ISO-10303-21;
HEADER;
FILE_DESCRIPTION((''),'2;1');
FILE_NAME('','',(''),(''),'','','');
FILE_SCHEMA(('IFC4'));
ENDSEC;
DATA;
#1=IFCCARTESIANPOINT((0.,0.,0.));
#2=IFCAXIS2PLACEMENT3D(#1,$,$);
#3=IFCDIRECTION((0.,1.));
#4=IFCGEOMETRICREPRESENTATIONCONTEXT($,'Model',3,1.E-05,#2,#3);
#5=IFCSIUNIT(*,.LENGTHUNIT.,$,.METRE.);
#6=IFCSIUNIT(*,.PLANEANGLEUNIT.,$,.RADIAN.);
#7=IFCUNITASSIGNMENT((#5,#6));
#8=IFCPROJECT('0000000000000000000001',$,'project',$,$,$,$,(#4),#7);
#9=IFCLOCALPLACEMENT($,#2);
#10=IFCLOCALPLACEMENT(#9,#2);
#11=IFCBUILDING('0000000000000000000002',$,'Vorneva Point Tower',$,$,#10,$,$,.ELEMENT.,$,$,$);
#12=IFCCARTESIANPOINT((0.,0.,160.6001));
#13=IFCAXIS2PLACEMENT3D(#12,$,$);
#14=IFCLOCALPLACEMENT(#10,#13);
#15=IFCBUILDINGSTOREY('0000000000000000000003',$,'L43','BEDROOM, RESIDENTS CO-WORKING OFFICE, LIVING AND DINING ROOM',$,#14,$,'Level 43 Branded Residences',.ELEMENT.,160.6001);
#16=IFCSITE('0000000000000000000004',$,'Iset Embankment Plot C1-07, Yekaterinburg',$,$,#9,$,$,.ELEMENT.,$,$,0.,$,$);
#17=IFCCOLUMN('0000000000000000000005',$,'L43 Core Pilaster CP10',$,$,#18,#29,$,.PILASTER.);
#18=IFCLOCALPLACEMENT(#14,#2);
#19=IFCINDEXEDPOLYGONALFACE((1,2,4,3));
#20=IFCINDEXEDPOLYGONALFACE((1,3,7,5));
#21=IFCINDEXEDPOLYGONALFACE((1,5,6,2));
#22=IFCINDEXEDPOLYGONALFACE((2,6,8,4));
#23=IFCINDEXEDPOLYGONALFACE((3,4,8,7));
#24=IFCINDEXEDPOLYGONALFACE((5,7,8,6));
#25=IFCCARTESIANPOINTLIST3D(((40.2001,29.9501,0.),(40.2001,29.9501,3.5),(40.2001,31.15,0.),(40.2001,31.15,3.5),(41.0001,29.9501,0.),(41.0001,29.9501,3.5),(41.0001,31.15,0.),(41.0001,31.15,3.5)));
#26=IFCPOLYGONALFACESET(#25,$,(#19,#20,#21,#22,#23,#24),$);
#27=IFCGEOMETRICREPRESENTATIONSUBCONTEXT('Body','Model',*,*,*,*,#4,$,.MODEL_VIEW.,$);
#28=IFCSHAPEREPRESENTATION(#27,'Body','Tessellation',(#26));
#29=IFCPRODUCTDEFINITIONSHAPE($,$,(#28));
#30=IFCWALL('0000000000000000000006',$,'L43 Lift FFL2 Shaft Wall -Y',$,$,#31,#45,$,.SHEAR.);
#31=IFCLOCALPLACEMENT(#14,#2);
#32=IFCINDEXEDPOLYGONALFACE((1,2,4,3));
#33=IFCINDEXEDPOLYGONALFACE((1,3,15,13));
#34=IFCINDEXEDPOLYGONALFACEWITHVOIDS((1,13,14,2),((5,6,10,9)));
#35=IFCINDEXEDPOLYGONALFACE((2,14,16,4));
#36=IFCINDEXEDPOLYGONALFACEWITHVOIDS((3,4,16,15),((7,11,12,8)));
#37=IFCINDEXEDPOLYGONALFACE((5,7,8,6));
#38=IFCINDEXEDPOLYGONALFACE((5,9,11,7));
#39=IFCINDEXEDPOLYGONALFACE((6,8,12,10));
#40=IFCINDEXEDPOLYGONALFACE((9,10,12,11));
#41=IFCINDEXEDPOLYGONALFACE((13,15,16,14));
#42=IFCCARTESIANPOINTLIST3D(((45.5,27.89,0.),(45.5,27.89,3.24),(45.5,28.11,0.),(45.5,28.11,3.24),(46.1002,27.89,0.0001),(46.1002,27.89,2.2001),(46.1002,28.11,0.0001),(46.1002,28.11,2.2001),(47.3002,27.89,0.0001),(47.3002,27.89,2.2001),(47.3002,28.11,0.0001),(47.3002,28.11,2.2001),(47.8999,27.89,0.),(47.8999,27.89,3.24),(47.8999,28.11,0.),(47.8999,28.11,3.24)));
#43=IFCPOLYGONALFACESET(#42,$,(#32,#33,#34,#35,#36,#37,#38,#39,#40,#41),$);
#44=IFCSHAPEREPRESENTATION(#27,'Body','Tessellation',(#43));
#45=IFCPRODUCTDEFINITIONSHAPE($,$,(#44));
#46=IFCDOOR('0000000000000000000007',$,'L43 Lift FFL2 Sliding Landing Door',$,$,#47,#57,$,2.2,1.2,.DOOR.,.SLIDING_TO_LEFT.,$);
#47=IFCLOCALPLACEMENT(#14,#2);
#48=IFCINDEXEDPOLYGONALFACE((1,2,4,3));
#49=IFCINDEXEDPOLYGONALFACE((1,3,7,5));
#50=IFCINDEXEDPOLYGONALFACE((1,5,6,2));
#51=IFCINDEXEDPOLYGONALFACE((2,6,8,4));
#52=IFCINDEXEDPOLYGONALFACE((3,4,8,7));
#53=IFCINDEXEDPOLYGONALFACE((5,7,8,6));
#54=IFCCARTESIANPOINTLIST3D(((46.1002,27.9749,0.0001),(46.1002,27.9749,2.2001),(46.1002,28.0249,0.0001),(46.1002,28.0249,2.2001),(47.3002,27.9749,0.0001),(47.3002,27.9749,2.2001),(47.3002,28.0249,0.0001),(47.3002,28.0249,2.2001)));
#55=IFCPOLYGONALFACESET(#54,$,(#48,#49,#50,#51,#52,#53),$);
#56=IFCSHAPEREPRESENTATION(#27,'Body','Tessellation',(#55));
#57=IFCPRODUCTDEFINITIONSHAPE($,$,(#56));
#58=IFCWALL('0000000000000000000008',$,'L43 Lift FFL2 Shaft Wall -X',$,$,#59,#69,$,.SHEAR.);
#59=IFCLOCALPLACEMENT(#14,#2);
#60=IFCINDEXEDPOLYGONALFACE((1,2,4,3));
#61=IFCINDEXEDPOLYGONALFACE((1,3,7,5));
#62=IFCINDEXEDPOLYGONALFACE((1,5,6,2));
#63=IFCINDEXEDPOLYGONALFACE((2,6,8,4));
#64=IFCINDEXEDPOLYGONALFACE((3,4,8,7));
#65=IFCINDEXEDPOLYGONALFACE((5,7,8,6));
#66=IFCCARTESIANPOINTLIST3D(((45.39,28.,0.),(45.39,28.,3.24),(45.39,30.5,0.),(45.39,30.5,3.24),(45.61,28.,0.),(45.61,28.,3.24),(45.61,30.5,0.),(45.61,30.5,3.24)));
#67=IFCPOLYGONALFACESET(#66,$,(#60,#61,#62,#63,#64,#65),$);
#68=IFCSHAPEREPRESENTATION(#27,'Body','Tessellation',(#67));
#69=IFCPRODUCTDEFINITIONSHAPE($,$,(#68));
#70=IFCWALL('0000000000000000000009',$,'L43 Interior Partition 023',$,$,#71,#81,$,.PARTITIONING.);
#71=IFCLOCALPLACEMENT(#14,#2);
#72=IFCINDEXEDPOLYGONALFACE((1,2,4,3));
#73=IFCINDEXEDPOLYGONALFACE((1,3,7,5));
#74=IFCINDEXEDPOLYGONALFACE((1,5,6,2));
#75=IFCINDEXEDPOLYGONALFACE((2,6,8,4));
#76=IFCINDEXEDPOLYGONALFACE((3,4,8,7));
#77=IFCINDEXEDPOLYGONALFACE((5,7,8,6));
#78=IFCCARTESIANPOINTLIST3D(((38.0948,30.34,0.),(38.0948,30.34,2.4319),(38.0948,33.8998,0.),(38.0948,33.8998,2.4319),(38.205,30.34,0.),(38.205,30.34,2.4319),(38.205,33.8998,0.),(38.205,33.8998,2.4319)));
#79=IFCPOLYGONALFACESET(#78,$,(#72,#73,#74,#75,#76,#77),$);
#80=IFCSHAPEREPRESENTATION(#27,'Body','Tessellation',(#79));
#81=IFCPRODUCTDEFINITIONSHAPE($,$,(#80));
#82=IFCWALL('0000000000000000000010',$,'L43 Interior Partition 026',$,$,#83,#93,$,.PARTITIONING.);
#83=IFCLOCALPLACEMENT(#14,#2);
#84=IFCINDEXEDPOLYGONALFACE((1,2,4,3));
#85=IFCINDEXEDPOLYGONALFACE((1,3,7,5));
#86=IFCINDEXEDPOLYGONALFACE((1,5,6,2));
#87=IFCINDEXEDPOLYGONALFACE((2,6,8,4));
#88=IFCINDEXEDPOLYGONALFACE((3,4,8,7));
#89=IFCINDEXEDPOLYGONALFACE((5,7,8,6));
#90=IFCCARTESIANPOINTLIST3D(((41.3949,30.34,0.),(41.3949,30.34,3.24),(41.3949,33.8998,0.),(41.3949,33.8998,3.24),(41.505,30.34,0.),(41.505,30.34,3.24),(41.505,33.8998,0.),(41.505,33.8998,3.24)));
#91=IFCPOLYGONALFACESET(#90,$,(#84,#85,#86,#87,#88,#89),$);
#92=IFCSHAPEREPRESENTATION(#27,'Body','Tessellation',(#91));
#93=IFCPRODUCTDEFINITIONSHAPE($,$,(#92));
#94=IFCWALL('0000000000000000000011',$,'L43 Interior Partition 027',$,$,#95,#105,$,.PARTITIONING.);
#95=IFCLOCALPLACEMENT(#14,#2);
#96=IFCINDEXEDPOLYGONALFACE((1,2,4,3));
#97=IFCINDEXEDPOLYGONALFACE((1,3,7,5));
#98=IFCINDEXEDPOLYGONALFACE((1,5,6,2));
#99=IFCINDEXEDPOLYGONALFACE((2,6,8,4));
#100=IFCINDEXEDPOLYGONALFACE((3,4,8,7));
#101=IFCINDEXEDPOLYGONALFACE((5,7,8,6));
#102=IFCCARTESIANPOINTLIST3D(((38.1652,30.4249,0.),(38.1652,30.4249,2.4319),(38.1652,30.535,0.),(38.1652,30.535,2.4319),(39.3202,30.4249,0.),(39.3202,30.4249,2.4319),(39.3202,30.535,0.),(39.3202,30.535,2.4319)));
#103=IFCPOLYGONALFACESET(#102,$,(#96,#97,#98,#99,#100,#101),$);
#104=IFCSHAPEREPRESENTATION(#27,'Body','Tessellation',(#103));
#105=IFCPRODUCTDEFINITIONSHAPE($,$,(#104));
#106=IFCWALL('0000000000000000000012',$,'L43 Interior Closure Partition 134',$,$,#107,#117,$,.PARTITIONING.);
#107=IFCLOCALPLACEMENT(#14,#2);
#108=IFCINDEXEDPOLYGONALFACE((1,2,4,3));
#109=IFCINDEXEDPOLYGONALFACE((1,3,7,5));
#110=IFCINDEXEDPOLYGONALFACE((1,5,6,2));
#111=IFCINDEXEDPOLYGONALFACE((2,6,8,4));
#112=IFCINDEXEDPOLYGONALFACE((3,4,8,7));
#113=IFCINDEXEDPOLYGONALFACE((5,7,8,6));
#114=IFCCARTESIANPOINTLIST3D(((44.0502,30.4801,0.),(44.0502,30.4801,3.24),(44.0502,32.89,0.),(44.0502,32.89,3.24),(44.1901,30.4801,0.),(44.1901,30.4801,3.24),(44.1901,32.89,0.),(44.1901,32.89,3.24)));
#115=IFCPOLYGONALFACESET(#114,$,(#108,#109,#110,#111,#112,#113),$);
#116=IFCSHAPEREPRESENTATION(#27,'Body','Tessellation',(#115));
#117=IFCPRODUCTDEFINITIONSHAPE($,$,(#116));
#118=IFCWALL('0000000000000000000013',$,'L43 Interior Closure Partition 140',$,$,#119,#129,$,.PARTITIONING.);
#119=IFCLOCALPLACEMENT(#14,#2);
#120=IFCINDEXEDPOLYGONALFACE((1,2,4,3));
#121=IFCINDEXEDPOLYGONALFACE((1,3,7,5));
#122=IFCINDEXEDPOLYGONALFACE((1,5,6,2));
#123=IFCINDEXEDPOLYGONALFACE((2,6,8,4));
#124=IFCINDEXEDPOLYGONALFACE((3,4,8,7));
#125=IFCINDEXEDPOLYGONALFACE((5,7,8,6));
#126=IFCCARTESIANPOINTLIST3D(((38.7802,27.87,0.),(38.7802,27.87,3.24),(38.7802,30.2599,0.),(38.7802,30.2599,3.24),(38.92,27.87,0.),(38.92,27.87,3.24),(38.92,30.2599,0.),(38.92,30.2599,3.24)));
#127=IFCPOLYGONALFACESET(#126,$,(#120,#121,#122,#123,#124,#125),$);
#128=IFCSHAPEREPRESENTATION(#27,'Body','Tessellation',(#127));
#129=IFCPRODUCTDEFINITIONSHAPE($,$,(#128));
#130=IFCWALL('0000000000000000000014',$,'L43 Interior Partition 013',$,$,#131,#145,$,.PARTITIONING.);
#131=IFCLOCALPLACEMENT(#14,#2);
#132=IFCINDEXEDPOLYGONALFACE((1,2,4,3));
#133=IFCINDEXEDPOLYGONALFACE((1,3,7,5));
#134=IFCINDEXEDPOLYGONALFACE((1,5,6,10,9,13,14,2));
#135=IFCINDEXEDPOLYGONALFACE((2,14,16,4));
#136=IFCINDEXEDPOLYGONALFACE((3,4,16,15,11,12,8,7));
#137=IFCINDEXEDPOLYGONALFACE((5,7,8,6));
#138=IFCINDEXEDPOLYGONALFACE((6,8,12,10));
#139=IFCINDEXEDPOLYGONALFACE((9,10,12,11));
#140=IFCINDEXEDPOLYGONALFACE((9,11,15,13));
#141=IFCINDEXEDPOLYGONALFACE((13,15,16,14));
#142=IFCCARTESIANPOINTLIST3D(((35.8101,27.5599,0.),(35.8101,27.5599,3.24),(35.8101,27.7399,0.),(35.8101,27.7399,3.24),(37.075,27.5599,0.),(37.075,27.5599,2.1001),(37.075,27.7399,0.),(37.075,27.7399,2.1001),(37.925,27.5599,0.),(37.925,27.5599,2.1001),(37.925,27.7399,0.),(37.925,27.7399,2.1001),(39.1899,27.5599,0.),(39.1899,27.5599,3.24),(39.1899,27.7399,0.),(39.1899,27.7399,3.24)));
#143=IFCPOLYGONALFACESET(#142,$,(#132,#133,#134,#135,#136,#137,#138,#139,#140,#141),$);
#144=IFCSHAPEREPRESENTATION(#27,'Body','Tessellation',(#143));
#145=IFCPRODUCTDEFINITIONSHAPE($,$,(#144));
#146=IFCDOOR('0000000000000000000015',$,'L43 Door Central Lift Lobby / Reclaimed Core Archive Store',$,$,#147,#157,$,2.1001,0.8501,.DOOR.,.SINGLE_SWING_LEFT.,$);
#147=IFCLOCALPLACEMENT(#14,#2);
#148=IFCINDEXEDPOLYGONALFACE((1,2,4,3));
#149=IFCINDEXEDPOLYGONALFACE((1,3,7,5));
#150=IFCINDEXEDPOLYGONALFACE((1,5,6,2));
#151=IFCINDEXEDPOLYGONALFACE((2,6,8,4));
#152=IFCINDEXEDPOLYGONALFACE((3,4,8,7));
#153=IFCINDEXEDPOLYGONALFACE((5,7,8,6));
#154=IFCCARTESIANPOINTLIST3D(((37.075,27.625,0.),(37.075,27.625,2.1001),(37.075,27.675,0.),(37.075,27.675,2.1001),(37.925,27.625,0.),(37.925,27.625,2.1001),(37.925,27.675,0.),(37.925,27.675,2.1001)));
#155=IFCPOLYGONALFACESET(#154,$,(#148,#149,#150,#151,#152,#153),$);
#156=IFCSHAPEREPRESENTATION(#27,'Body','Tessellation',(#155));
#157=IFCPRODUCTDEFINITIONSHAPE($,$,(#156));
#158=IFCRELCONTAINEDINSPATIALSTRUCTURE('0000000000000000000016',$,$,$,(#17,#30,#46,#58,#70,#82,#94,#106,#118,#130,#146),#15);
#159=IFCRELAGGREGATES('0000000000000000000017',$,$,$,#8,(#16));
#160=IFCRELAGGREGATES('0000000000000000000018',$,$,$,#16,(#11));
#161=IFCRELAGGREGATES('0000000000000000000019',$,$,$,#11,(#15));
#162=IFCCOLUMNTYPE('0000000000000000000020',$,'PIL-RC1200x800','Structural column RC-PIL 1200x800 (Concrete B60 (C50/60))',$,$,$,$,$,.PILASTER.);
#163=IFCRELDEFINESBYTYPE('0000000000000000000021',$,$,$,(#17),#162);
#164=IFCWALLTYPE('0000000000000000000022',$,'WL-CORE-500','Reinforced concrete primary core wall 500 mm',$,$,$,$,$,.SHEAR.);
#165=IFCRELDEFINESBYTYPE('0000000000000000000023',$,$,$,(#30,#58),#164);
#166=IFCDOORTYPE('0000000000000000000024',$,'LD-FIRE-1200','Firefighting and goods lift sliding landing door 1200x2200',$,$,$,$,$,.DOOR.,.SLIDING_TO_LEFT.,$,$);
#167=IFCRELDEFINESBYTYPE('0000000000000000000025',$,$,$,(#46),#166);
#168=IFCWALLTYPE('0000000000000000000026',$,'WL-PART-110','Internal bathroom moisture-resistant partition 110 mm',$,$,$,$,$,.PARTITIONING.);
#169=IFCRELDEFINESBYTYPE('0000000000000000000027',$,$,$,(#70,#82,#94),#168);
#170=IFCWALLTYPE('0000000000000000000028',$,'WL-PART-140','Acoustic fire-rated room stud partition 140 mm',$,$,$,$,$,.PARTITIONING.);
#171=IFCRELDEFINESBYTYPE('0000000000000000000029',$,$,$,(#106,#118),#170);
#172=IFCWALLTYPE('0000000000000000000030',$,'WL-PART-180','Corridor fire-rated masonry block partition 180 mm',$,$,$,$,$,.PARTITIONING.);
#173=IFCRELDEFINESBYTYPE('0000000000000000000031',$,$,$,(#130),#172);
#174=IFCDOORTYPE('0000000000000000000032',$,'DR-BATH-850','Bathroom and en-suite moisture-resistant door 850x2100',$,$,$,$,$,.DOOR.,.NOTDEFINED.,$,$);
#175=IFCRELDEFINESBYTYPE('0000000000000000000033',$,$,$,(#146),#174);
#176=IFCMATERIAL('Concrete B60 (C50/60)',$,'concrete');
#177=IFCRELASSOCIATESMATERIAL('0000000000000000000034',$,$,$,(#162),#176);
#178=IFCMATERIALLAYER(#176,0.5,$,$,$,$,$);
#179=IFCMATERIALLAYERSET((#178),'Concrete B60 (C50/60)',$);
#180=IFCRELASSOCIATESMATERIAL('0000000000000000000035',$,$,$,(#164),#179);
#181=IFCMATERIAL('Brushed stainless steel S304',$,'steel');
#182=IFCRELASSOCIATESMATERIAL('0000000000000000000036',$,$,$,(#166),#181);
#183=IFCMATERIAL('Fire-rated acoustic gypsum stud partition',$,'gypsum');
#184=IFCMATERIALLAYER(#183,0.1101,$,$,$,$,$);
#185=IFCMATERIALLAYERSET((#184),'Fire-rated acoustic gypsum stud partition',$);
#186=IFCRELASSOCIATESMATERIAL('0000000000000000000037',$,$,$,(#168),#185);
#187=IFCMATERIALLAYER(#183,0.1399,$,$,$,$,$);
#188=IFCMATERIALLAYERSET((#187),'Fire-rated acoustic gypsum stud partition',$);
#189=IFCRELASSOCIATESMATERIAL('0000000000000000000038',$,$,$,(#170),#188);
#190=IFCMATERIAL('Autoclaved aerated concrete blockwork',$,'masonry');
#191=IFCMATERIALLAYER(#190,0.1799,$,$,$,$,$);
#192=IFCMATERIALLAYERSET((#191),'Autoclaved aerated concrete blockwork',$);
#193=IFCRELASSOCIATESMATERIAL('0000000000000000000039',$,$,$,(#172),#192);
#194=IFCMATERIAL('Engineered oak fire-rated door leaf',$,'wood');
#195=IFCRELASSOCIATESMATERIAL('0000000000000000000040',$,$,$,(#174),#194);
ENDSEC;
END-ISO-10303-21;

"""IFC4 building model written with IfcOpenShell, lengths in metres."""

from ifc_helpers import new_model, si_unit, direction, frame, frame_2d, origin, origin_2d, place, context, subcontext, project, spatial, rectangle, extrude, material, layer, layer_set, material_profile, profile_set, type_object, element, fill, save


model = new_model("IFC4")

# Units and contexts
model_context = context("Model", 3, precision=1e-05, world=origin(), true_north=direction((0.0, 1.0)))
body_context = subcontext(model_context, "Body", "Model", "MODEL_VIEW")
ifc_project = project(units=[si_unit("LENGTHUNIT", "METRE"), si_unit("PLANEANGLEUNIT", "RADIAN")], contexts=[model_context])

# Site, building, storey
site_placement = place(None, origin())
site = spatial("IfcSite", under=ifc_project, at=site_placement, Name="Iset Embankment Plot C1-07, Yekaterinburg", CompositionType="ELEMENT", RefElevation=0.0)
building_placement = place(site_placement, origin())
building = spatial("IfcBuilding", under=site, at=building_placement, Name="Vorneva Point Tower", CompositionType="ELEMENT")
storey_placement = place(building_placement, frame((0.0, 0.0, 160.6001)))
storey = spatial("IfcBuildingStorey", under=building, at=storey_placement, Name="L43", Description="BEDROOM, RESIDENTS CO-WORKING OFFICE, LIVING AND DINING ROOM", LongName="Level 43 Branded Residences", CompositionType="ELEMENT", Elevation=160.6001)

# Column
ifc_material_1 = material(Name="Concrete B60 (C50/60)", Category="concrete")
ifc_material_profile = material_profile(ifc_material_1, rectangle(XDim=0.8, YDim=1.2, at=origin_2d()), Name="RC-PIL 1200x800")
ifc_profile_set = profile_set([ifc_material_profile], Name="Concrete B60 (C50/60)")
column_type = type_object("IfcColumnType", Name="PIL-RC1200x800", Description="Structural column RC-PIL 1200x800 (Concrete B60 (C50/60))", PredefinedType="PILASTER", material=ifc_profile_set)
column_placement = place(storey_placement, frame((40.6001, 30.55, 0.0), z_axis=(0.0, 0.0, 1.0), x_axis=(1.0, 0.0, 0.0)))
element("IfcColumn", 1, at=column_placement, inside=storey, type_object=column_type, Name="L43 Core Pilaster CP10", PredefinedType="PILASTER", context=body_context, shape_type="SweptSolid", body=[
    extrude(rectangle(XDim=0.8, YDim=1.2, at=origin_2d()), origin(), (0.0, 0.0, 1.0), 3.5),
])

# Wall, opening, door
ifc_layer_1 = layer(ifc_material_1, 0.5)
ifc_layer_set_1 = layer_set([ifc_layer_1], Name="Concrete B60 (C50/60)")
wall_type_1 = type_object("IfcWallType", Name="WL-CORE-500", Description="Reinforced concrete primary core wall 500 mm", PredefinedType="SHEAR", material=ifc_layer_set_1)
wall_1_placement = place(storey_placement, frame((45.5, 28.0, 0.0), z_axis=(0.0, 0.0, 1.0), x_axis=(1.0, 0.0, 0.0)))
wall_1 = element("IfcWall", 2, at=wall_1_placement, inside=storey, type_object=wall_type_1, Name="L43 Lift FFL2 Shaft Wall -Y", PredefinedType="SHEAR", context=body_context, shape_type="SweptSolid", body=[
    extrude(rectangle(XDim=2.3999, YDim=0.22, at=frame_2d((1.2, 0.0))), origin(), (0.0, 0.0, 1.0), 3.24),
])
opening_1_placement = place(wall_1_placement, frame((0.6001, 0.0, 0.0)))
opening_1 = element("IfcOpeningElement", 3, at=opening_1_placement, cuts=wall_1, PredefinedType="OPENING", context=body_context, shape_type="SweptSolid", body=[
    extrude(rectangle(XDim=1.2, YDim=2.2, at=frame_2d((0.6001, 1.1001))), frame((0.0, 0.125, 0.0), z_axis=(0.0, -1.0, 0.0), x_axis=(1.0, 0.0, 0.0)), (0.0, 0.0, 1.0), 0.2498),
])
ifc_material_2 = material(Name="Brushed stainless steel S304", Category="steel")
door_type_1 = type_object("IfcDoorType", Name="LD-FIRE-1200", Description="Firefighting and goods lift sliding landing door 1200x2200", OperationType="SLIDING_TO_LEFT", PredefinedType="DOOR", material=ifc_material_2)
door_1_placement = place(opening_1_placement, origin())
door_1 = element("IfcDoor", 4, at=door_1_placement, inside=storey, type_object=door_type_1, Name="L43 Lift FFL2 Sliding Landing Door", OperationType="SLIDING_TO_LEFT", OverallHeight=2.2, OverallWidth=1.2, PredefinedType="DOOR", context=body_context, shape_type="SweptSolid", body=[
    extrude(rectangle(XDim=1.2, YDim=2.2, at=frame_2d((0.6001, 1.1001))), frame((0.0, 0.0249, 0.0), z_axis=(0.0, -1.0, 0.0), x_axis=(1.0, 0.0, 0.0)), (0.0, 0.0, 1.0), 0.05),
])
fill(opening_1, door_1)

# Walls
wall_2_placement = place(storey_placement, frame((45.5, 30.5, 0.0), z_axis=(0.0, 0.0, 1.0), x_axis=(0.0, -1.0, 0.0)))
element("IfcWall", 5, at=wall_2_placement, inside=storey, type_object=wall_type_1, Name="L43 Lift FFL2 Shaft Wall -X", PredefinedType="SHEAR", context=body_context, shape_type="SweptSolid", body=[
    extrude(rectangle(XDim=2.5, YDim=0.22, at=frame_2d((1.25, 0.0))), origin(), (0.0, 0.0, 1.0), 3.24),
])
ifc_material_3 = material(Name="Fire-rated acoustic gypsum stud partition", Category="gypsum")
ifc_layer_2 = layer(ifc_material_3, 0.1101)
ifc_layer_set_2 = layer_set([ifc_layer_2], Name="Fire-rated acoustic gypsum stud partition")
wall_type_2 = type_object("IfcWallType", Name="WL-PART-110", Description="Internal bathroom moisture-resistant partition 110 mm", PredefinedType="PARTITIONING", material=ifc_layer_set_2)
wall_3_placement = place(storey_placement, frame((38.1499, 30.3401, 0.0), z_axis=(0.0, 0.0, 1.0), x_axis=(0.0, 1.0, 0.0)))
element("IfcWall", 6, at=wall_3_placement, inside=storey, type_object=wall_type_2, Name="L43 Interior Partition 023", PredefinedType="PARTITIONING", context=body_context, shape_type="SweptSolid", body=[
    extrude(rectangle(XDim=3.5598, YDim=0.1101, at=frame_2d((1.7798, 0.0))), origin(), (0.0, 0.0, 1.0), 2.4319),
])
wall_4_placement = place(storey_placement, frame((41.45, 30.3401, 0.0), z_axis=(0.0, 0.0, 1.0), x_axis=(0.0, 1.0, 0.0)))
element("IfcWall", 7, at=wall_4_placement, inside=storey, type_object=wall_type_2, Name="L43 Interior Partition 026", PredefinedType="PARTITIONING", context=body_context, shape_type="SweptSolid", body=[
    extrude(rectangle(XDim=3.5598, YDim=0.1101, at=frame_2d((1.7798, 0.0))), origin(), (0.0, 0.0, 1.0), 3.24),
])
wall_5_placement = place(storey_placement, frame((38.165, 30.48, 0.0), z_axis=(0.0, 0.0, 1.0), x_axis=(1.0, 0.0, 0.0)))
element("IfcWall", 8, at=wall_5_placement, inside=storey, type_object=wall_type_2, Name="L43 Interior Partition 027", PredefinedType="PARTITIONING", context=body_context, shape_type="SweptSolid", body=[
    extrude(rectangle(XDim=1.155, YDim=0.1101, at=frame_2d((0.5776, 0.0))), origin(), (0.0, 0.0, 1.0), 2.4319),
])
ifc_layer_3 = layer(ifc_material_3, 0.1399)
ifc_layer_set_3 = layer_set([ifc_layer_3], Name="Fire-rated acoustic gypsum stud partition")
wall_type_3 = type_object("IfcWallType", Name="WL-PART-140", Description="Acoustic fire-rated room stud partition 140 mm", PredefinedType="PARTITIONING", material=ifc_layer_set_3)
wall_6_placement = place(storey_placement, frame((44.1201, 30.48, 0.0), z_axis=(0.0, 0.0, 1.0), x_axis=(0.0, 1.0, 0.0)))
element("IfcWall", 9, at=wall_6_placement, inside=storey, type_object=wall_type_3, Name="L43 Interior Closure Partition 134", PredefinedType="PARTITIONING", context=body_context, shape_type="SweptSolid", body=[
    extrude(rectangle(XDim=2.4099, YDim=0.1399, at=frame_2d((1.2051, 0.0))), origin(), (0.0, 0.0, 1.0), 3.24),
])
wall_7_placement = place(storey_placement, frame((38.8501, 27.8701, 0.0), z_axis=(0.0, 0.0, 1.0), x_axis=(0.0, 1.0, 0.0)))
element("IfcWall", 10, at=wall_7_placement, inside=storey, type_object=wall_type_3, Name="L43 Interior Closure Partition 140", PredefinedType="PARTITIONING", context=body_context, shape_type="SweptSolid", body=[
    extrude(rectangle(XDim=2.3899, YDim=0.1399, at=frame_2d((1.1948, 0.0))), origin(), (0.0, 0.0, 1.0), 3.24),
])

# Wall, opening, door
ifc_material_4 = material(Name="Autoclaved aerated concrete blockwork", Category="masonry")
ifc_layer_4 = layer(ifc_material_4, 0.1799)
ifc_layer_set_4 = layer_set([ifc_layer_4], Name="Autoclaved aerated concrete blockwork")
wall_type_4 = type_object("IfcWallType", Name="WL-PART-180", Description="Corridor fire-rated masonry block partition 180 mm", PredefinedType="PARTITIONING", material=ifc_layer_set_4)
wall_8_placement = place(storey_placement, frame((39.1899, 27.6499, 0.0), z_axis=(0.0, 0.0, 1.0), x_axis=(-1.0, 0.0, 0.0)))
wall_8 = element("IfcWall", 11, at=wall_8_placement, inside=storey, type_object=wall_type_4, Name="L43 Interior Partition 013", PredefinedType="PARTITIONING", context=body_context, shape_type="SweptSolid", body=[
    extrude(rectangle(XDim=3.3799, YDim=0.1799, at=frame_2d((1.6899, 0.0))), origin(), (0.0, 0.0, 1.0), 3.24),
])
opening_2_placement = place(wall_8_placement, frame((1.2649, 0.0, 0.0)))
opening_2 = element("IfcOpeningElement", 12, at=opening_2_placement, cuts=wall_8, PredefinedType="OPENING", context=body_context, shape_type="SweptSolid", body=[
    extrude(rectangle(XDim=0.8501, YDim=2.1001, at=frame_2d((0.425, 1.05))), frame((0.0, 0.105, 0.0), z_axis=(0.0, -1.0, 0.0), x_axis=(1.0, 0.0, 0.0)), (0.0, 0.0, 1.0), 0.2097),
])
ifc_material_5 = material(Name="Engineered oak fire-rated door leaf", Category="wood")
door_type_2 = type_object("IfcDoorType", Name="DR-BATH-850", Description="Bathroom and en-suite moisture-resistant door 850x2100", OperationType="NOTDEFINED", PredefinedType="DOOR", material=ifc_material_5)
door_2_placement = place(opening_2_placement, origin())
door_2 = element("IfcDoor", 13, at=door_2_placement, inside=storey, type_object=door_type_2, Name="L43 Door Central Lift Lobby / Reclaimed Core Archive Store", OperationType="SINGLE_SWING_LEFT", OverallHeight=2.1001, OverallWidth=0.8501, PredefinedType="DOOR", context=body_context, shape_type="SweptSolid", body=[
    extrude(rectangle(XDim=0.8501, YDim=2.1001, at=frame_2d((0.425, 1.05))), frame((0.0, 0.0249, 0.0), z_axis=(0.0, -1.0, 0.0), x_axis=(1.0, 0.0, 0.0)), (0.0, 0.0, 1.0), 0.05),
])
fill(opening_2, door_2)

save(model, "model.ifc")
